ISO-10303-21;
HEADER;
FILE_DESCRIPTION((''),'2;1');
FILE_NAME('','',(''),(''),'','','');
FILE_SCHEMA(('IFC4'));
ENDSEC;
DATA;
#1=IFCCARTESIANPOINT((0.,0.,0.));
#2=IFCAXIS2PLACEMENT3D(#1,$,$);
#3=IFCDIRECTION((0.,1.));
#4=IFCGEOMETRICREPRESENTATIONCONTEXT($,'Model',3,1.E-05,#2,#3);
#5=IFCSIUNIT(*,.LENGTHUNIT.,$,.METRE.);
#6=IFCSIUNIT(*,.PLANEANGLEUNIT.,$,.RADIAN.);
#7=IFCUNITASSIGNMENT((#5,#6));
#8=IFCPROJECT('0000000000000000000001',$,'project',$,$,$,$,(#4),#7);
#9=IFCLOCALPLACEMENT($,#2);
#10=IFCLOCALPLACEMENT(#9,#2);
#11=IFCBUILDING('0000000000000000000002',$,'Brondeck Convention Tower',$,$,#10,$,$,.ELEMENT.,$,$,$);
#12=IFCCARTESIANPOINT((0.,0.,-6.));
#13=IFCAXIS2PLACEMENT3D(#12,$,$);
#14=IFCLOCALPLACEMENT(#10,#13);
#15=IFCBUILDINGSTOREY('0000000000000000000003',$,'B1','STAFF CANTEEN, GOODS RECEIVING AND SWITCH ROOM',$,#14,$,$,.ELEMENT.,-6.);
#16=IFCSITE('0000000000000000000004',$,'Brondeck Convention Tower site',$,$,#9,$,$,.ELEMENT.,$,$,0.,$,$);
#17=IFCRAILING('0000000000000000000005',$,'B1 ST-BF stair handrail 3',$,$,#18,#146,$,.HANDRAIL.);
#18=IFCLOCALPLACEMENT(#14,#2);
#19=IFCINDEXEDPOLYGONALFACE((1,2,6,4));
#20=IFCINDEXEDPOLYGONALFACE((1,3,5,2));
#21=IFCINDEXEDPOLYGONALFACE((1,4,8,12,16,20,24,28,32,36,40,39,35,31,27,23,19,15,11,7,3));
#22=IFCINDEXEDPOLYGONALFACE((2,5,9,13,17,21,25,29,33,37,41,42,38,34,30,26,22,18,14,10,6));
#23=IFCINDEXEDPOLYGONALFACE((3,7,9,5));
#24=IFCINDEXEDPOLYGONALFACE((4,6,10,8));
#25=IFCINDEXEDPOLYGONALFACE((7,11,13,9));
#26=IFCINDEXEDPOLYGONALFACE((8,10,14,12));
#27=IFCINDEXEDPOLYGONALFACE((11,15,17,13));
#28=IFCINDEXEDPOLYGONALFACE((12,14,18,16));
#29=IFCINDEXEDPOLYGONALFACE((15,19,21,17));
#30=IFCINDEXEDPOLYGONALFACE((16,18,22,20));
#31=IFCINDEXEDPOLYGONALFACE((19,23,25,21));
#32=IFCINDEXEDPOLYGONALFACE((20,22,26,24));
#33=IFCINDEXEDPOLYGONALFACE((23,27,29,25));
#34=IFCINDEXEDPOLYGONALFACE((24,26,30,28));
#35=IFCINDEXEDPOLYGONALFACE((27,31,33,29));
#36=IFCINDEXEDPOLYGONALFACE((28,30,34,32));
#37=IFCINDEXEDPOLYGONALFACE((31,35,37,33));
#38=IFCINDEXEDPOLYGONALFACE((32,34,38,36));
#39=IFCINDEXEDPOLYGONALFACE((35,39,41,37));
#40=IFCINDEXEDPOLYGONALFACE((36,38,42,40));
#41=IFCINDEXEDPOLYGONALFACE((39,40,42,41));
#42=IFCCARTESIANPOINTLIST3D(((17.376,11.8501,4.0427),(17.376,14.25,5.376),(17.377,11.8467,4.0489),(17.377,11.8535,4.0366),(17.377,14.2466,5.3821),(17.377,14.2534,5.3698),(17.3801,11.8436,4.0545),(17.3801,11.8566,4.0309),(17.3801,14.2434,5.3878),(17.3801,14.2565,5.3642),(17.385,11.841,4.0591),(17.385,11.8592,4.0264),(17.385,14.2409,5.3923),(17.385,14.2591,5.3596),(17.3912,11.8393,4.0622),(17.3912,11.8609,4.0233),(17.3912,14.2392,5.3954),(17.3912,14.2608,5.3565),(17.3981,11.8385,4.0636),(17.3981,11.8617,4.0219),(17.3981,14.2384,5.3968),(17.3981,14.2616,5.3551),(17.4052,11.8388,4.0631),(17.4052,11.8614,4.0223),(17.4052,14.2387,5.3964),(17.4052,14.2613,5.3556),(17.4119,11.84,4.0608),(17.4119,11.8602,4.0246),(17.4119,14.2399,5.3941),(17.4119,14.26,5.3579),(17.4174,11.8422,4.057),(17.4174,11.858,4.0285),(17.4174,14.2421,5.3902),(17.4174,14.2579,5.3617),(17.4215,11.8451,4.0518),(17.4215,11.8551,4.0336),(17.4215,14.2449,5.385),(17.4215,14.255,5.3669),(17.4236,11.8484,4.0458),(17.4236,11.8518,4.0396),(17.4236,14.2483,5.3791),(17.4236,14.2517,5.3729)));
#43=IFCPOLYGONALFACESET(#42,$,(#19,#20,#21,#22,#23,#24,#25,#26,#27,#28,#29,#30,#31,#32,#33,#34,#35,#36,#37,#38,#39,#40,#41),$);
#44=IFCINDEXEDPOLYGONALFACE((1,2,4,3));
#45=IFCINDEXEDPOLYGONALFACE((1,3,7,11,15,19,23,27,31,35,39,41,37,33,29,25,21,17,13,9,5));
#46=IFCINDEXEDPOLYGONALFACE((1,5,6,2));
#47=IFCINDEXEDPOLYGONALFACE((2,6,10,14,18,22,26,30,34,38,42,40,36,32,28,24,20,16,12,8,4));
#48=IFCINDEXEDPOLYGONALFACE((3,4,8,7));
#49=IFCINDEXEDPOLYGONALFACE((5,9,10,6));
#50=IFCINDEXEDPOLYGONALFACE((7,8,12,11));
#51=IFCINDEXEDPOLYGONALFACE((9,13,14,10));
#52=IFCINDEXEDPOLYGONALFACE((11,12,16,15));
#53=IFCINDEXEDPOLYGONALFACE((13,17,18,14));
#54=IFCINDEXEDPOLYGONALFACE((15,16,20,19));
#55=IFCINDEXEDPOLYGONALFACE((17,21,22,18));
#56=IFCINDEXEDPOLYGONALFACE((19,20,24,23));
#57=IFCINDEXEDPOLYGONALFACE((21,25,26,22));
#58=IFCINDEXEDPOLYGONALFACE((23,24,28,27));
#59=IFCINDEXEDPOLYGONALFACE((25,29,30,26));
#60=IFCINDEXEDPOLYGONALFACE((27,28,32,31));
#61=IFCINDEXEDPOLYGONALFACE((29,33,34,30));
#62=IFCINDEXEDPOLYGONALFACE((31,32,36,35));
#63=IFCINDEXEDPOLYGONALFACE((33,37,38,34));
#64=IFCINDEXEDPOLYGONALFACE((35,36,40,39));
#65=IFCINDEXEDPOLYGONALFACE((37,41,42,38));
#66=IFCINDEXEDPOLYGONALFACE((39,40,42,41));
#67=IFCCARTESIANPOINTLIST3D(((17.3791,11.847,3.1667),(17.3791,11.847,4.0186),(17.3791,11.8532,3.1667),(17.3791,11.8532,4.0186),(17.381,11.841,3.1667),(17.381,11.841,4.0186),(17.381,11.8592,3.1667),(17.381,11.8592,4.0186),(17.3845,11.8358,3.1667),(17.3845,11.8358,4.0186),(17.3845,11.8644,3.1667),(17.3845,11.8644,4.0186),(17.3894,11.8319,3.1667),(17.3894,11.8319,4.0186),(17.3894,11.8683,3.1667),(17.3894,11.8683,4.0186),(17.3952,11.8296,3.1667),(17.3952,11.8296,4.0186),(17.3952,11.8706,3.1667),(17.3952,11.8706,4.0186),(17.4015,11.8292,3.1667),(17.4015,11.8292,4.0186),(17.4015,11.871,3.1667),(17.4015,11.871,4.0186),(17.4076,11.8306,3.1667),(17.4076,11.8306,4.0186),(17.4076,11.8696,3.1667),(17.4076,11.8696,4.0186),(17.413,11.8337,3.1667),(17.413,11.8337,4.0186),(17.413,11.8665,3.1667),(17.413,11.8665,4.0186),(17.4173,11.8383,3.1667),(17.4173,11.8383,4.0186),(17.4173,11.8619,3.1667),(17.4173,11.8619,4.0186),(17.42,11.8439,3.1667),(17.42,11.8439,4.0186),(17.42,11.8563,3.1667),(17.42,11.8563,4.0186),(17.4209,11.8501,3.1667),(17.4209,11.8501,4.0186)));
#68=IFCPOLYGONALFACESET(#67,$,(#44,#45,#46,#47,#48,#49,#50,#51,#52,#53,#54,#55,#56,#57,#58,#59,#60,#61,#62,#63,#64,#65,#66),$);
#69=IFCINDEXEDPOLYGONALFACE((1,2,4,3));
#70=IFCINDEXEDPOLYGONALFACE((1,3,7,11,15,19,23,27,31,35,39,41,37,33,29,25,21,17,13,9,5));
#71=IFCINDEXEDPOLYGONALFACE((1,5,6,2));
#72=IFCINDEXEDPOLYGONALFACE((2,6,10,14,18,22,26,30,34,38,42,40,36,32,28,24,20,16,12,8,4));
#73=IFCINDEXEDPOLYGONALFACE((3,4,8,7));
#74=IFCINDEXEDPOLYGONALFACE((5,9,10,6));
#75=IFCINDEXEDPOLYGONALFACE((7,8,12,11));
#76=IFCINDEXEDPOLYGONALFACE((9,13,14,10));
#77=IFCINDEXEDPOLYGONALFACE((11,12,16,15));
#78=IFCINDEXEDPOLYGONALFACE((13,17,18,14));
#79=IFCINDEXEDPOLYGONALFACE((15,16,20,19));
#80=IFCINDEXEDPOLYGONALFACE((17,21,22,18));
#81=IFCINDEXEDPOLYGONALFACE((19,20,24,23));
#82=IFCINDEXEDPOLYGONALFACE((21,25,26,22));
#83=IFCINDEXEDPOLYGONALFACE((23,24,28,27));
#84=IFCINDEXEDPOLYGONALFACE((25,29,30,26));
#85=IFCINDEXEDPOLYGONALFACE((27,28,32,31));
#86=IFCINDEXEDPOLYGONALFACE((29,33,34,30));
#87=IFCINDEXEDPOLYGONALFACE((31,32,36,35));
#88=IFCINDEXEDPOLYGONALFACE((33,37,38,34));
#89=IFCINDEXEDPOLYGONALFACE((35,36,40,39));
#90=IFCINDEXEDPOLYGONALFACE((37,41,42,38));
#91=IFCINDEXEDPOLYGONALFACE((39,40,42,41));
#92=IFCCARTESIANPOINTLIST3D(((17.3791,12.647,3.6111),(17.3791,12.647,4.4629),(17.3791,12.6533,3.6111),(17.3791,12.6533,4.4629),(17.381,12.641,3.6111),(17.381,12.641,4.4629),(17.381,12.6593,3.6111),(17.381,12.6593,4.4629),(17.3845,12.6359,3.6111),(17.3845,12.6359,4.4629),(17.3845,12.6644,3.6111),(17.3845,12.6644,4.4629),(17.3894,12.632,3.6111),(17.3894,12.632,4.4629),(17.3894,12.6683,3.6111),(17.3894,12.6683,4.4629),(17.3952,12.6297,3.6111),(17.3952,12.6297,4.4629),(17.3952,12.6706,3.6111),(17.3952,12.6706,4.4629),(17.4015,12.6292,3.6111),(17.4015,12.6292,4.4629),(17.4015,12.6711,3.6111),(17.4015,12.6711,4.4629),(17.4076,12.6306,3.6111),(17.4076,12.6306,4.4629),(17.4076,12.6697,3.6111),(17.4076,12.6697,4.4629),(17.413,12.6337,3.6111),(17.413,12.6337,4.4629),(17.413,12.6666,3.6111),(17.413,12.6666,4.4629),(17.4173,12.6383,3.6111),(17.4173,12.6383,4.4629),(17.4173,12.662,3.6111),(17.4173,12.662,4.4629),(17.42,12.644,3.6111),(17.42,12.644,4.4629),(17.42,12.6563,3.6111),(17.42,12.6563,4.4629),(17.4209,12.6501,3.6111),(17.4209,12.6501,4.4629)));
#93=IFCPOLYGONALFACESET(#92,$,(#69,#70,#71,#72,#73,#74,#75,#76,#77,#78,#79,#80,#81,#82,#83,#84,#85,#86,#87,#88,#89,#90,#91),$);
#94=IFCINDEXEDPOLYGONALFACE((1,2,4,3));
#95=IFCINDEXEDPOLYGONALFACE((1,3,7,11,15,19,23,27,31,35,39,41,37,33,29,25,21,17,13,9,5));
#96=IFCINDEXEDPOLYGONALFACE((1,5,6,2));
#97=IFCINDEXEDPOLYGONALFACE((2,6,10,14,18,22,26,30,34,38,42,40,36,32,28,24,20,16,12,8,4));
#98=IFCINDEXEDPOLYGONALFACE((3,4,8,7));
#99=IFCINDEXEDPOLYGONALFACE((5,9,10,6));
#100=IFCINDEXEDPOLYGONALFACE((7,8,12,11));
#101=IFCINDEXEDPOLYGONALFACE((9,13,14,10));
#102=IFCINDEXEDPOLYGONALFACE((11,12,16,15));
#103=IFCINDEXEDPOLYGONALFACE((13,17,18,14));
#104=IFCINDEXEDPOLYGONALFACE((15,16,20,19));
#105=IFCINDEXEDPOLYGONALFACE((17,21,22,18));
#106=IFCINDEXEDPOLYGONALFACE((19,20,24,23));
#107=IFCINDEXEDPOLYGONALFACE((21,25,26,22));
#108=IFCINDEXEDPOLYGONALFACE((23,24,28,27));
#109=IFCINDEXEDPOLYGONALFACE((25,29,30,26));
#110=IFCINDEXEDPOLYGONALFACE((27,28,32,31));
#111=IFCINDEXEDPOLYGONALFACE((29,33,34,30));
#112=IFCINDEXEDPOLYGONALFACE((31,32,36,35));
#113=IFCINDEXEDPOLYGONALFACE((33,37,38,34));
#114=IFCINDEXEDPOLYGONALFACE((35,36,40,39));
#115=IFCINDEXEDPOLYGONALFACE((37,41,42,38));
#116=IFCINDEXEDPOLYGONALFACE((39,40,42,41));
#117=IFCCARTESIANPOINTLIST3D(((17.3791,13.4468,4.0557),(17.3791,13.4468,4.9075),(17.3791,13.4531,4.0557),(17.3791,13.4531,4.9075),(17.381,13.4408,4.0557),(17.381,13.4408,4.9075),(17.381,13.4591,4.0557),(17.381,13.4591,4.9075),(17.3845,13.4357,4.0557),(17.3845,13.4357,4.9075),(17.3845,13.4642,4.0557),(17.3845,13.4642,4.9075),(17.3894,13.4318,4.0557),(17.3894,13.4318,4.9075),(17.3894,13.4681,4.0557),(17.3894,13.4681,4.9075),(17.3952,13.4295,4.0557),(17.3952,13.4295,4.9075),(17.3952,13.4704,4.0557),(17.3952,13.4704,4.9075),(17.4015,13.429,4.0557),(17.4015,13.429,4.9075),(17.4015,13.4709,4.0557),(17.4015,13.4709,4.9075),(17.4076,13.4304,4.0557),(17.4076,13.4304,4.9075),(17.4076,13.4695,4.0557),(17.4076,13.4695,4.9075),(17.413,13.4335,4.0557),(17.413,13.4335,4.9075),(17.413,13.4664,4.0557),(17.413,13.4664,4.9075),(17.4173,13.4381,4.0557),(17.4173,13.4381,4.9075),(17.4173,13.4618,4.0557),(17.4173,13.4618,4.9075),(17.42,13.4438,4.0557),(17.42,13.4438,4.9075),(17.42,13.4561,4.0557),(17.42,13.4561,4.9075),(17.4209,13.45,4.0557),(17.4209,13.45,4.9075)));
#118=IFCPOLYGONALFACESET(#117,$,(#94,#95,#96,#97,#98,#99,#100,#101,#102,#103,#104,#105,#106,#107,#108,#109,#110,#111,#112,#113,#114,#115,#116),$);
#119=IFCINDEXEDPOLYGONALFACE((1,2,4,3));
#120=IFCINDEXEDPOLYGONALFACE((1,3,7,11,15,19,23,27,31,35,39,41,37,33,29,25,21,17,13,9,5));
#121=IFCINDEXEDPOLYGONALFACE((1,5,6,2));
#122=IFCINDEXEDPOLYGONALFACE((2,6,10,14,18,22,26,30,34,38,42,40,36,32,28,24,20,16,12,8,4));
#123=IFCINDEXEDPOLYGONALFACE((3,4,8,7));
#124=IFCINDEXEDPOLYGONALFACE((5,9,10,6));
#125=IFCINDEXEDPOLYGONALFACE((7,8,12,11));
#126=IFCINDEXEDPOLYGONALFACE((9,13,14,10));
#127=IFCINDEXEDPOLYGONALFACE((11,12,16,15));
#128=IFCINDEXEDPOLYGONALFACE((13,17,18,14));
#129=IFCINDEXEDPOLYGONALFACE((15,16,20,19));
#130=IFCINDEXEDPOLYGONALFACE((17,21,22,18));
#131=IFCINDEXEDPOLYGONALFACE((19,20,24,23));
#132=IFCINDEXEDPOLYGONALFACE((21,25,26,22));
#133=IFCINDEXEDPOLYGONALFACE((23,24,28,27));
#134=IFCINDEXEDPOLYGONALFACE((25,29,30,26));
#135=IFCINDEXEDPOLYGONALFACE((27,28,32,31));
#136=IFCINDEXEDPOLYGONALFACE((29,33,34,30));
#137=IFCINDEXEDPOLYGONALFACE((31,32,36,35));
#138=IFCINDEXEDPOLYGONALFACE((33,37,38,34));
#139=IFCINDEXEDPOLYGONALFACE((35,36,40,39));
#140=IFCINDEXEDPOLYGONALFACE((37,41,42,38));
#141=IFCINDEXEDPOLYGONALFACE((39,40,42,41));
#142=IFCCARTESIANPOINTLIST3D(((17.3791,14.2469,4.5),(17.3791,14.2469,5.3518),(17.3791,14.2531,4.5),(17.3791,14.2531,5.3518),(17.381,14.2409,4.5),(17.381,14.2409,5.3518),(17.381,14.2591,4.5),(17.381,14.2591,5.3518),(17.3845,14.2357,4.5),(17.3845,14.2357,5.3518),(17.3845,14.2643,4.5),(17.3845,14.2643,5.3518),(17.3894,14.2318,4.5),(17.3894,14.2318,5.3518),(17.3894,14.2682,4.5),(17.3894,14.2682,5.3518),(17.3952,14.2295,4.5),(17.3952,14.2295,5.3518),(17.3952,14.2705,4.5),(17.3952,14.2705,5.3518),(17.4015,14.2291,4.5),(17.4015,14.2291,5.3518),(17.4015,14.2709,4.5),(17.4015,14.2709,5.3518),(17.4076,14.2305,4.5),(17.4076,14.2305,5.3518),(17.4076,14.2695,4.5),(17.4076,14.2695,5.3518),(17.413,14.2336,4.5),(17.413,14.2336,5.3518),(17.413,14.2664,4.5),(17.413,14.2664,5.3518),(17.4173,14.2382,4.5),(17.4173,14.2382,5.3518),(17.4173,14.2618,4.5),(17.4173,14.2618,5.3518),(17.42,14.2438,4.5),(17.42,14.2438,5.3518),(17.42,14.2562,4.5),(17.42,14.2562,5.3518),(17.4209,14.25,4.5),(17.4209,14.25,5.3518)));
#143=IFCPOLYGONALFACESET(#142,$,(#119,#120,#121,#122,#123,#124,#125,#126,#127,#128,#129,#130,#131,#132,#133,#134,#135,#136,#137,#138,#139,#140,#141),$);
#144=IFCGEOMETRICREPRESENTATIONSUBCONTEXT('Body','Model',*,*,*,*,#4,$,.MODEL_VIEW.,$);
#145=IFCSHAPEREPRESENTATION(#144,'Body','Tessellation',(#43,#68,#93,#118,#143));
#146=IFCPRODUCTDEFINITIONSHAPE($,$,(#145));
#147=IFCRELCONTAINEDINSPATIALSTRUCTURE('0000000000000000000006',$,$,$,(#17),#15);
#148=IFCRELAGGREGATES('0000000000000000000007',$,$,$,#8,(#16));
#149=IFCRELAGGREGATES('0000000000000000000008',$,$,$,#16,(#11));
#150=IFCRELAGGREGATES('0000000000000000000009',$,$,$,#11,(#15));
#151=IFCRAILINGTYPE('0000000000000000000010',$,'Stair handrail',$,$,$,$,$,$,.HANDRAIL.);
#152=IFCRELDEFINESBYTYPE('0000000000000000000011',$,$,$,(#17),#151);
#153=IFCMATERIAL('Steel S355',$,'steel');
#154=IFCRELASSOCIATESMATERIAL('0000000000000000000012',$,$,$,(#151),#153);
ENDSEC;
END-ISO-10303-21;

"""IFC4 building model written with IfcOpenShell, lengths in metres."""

from ifc_helpers import new_model, si_unit, direction, frame, origin, origin_2d, place, context, subcontext, project, spatial, circle, extrude, material, type_object, element, save


model = new_model("IFC4")

# Units and contexts
model_context = context("Model", 3, precision=1e-05, world=origin(), true_north=direction((0.0, 1.0)))
body_context = subcontext(model_context, "Body", "Model", "MODEL_VIEW")
ifc_project = project(units=[si_unit("LENGTHUNIT", "METRE"), si_unit("PLANEANGLEUNIT", "RADIAN")], contexts=[model_context])

# Site, building, storey
site_placement = place(None, origin())
site = spatial("IfcSite", under=ifc_project, at=site_placement, Name="Brondeck Convention Tower site", CompositionType="ELEMENT", RefElevation=0.0)
building_placement = place(site_placement, origin())
building = spatial("IfcBuilding", under=site, at=building_placement, Name="Brondeck Convention Tower", CompositionType="ELEMENT")
storey_placement = place(building_placement, frame((0.0, 0.0, -6.0)))
storey = spatial("IfcBuildingStorey", under=building, at=storey_placement, Name="B1", Description="STAFF CANTEEN, GOODS RECEIVING AND SWITCH ROOM", CompositionType="ELEMENT", Elevation=-6.0)

# Shared definitions
ifc_material_1 = material(Name="Steel S355", Category="steel")

# Railing
railing_type = type_object("IfcRailingType", Name="Stair handrail", PredefinedType="HANDRAIL", material=ifc_material_1)
railing_1_placement = place(storey_placement, frame((17.3999, 11.8501, 3.1667)))
element("IfcRailing", 1, at=railing_1_placement, inside=storey, type_object=railing_type, Name="B1 ST-BF stair handrail 3", PredefinedType="HANDRAIL", context=body_context, shape_type="SweptSolid", body=[
    extrude(circle(Radius=0.0239, at=origin_2d()), frame((0.0, 0.0, 0.876), z_axis=(0.0, 0.874161, 0.485635), x_axis=(-1.0, 0.0, 0.0)), (0.0, 0.0, 1.0), 2.7454),
    extrude(circle(Radius=0.021, at=origin_2d()), origin(), (0.0, 0.0, 1.0), 0.8518),
    extrude(circle(Radius=0.021, at=origin_2d()), frame((0.0, 0.8, 0.4443)), (0.0, 0.0, 1.0), 0.8518),
    extrude(circle(Radius=0.021, at=origin_2d()), frame((0.0, 1.5999, 0.8889)), (0.0, 0.0, 1.0), 0.8518),
    extrude(circle(Radius=0.021, at=origin_2d()), frame((0.0, 2.3999, 1.3333)), (0.0, 0.0, 1.0), 0.8518),
])

save(model, "model.ifc")
